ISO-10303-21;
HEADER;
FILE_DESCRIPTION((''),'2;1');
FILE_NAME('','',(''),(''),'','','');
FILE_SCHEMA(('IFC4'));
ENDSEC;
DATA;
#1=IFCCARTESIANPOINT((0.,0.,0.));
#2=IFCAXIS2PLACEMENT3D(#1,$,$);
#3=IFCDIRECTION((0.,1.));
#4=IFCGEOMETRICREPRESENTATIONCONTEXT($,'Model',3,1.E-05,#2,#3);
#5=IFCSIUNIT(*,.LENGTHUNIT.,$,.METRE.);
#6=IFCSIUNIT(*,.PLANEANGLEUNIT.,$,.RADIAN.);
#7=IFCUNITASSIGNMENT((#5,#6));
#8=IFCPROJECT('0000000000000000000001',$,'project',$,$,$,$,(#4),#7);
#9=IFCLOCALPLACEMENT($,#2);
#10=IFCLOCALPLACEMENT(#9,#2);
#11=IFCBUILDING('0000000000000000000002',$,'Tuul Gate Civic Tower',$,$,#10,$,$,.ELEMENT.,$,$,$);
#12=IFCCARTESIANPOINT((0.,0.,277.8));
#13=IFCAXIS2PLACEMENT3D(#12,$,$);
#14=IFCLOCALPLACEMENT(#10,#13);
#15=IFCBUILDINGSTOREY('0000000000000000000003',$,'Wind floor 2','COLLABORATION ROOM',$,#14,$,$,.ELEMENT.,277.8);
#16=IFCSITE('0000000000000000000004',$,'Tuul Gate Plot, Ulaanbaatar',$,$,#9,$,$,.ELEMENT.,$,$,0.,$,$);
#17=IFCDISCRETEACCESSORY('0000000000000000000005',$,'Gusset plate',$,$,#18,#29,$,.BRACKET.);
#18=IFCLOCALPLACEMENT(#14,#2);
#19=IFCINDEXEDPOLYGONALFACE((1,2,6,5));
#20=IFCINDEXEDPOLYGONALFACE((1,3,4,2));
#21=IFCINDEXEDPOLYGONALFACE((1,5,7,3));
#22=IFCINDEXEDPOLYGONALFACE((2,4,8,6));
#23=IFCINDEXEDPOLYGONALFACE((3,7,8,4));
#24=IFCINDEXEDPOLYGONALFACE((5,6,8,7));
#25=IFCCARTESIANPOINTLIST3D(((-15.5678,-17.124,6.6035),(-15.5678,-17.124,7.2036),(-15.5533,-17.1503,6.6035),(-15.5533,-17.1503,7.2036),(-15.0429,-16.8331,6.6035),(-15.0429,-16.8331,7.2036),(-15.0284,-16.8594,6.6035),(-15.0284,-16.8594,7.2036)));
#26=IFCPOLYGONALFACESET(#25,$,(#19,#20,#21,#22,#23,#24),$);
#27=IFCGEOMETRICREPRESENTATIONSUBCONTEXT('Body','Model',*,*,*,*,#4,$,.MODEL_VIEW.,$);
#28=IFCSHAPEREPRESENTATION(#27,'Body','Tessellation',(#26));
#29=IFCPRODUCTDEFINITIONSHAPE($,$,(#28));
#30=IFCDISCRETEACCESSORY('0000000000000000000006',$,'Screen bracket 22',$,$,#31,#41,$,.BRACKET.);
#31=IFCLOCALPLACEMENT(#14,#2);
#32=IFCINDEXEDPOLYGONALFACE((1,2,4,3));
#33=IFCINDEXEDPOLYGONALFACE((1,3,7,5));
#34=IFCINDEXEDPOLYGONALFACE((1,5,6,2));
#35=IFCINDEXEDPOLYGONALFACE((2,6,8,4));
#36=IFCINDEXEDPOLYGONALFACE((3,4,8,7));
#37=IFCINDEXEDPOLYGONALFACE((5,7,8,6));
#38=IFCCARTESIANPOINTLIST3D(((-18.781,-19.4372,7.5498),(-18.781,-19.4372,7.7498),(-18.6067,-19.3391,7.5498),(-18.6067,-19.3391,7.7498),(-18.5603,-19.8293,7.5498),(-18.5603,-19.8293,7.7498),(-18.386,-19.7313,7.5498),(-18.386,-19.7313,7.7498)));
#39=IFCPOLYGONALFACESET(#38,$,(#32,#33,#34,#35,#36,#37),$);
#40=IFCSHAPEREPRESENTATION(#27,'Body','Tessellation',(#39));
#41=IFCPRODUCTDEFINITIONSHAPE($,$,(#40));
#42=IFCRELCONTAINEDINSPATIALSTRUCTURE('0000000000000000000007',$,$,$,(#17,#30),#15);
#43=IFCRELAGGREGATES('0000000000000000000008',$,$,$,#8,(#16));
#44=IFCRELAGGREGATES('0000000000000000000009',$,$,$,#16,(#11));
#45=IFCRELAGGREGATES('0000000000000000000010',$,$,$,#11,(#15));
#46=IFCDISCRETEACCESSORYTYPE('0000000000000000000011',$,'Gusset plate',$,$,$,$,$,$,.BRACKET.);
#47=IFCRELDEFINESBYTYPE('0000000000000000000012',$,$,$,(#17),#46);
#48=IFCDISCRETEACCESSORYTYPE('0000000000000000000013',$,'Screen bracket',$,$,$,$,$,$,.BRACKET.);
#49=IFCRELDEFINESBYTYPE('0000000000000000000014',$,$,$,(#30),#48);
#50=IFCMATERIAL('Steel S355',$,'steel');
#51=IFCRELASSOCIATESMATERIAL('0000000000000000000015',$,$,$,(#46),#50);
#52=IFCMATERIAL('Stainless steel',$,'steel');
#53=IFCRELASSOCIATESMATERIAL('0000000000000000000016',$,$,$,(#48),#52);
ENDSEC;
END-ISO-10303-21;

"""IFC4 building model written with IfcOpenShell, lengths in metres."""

from ifc_helpers import new_model, si_unit, direction, frame, origin, origin_2d, place, context, subcontext, project, spatial, rectangle, extrude, material, type_object, element, save


model = new_model("IFC4")

# Units and contexts
model_context = context("Model", 3, precision=1e-05, world=origin(), true_north=direction((0.0, 1.0)))
body_context = subcontext(model_context, "Body", "Model", "MODEL_VIEW")
ifc_project = project(units=[si_unit("LENGTHUNIT", "METRE"), si_unit("PLANEANGLEUNIT", "RADIAN")], contexts=[model_context])

# Site, building, storey
site_placement = place(None, origin())
site = spatial("IfcSite", under=ifc_project, at=site_placement, Name="Tuul Gate Plot, Ulaanbaatar", CompositionType="ELEMENT", RefElevation=0.0)
building_placement = place(site_placement, origin())
building = spatial("IfcBuilding", under=site, at=building_placement, Name="Tuul Gate Civic Tower", CompositionType="ELEMENT")
storey_placement = place(building_placement, frame((0.0, 0.0, 277.8)))
storey = spatial("IfcBuildingStorey", under=building, at=storey_placement, Name="Wind floor 2", Description="COLLABORATION ROOM", CompositionType="ELEMENT", Elevation=277.8)

# Discrete accessories
ifc_material_1 = material(Name="Steel S355", Category="steel")
discrete_accessory_type_1 = type_object("IfcDiscreteAccessoryType", Name="Gusset plate", PredefinedType="BRACKET", material=ifc_material_1)
discrete_accessory_1_placement = place(storey_placement, frame((-15.2981, -16.9917, 6.6035), z_axis=(0.0, 0.0, 1.0), x_axis=(-0.874654, -0.484748, 0.0)))
element("IfcDiscreteAccessory", 1, at=discrete_accessory_1_placement, inside=storey, type_object=discrete_accessory_type_1, Name="Gusset plate", PredefinedType="BRACKET", context=body_context, shape_type="SweptSolid", body=[
    extrude(rectangle(XDim=0.6001, YDim=0.03, at=origin_2d()), origin(), (0.0, 0.0, 1.0), 0.6001),
])
ifc_material_2 = material(Name="Stainless steel", Category="steel")
discrete_accessory_type_2 = type_object("IfcDiscreteAccessoryType", Name="Screen bracket", PredefinedType="BRACKET", material=ifc_material_2)
discrete_accessory_2_placement = place(storey_placement, frame((-18.5835, -19.5842, 7.5498), z_axis=(0.0, 0.0, 1.0), x_axis=(0.490458, -0.871465, 0.0)))
element("IfcDiscreteAccessory", 2, at=discrete_accessory_2_placement, inside=storey, type_object=discrete_accessory_type_2, Name="Screen bracket 22", PredefinedType="BRACKET", context=body_context, shape_type="SweptSolid", body=[
    extrude(rectangle(XDim=0.45, YDim=0.2, at=origin_2d()), origin(), (0.0, 0.0, 1.0), 0.2),
])

save(model, "model.ifc")
